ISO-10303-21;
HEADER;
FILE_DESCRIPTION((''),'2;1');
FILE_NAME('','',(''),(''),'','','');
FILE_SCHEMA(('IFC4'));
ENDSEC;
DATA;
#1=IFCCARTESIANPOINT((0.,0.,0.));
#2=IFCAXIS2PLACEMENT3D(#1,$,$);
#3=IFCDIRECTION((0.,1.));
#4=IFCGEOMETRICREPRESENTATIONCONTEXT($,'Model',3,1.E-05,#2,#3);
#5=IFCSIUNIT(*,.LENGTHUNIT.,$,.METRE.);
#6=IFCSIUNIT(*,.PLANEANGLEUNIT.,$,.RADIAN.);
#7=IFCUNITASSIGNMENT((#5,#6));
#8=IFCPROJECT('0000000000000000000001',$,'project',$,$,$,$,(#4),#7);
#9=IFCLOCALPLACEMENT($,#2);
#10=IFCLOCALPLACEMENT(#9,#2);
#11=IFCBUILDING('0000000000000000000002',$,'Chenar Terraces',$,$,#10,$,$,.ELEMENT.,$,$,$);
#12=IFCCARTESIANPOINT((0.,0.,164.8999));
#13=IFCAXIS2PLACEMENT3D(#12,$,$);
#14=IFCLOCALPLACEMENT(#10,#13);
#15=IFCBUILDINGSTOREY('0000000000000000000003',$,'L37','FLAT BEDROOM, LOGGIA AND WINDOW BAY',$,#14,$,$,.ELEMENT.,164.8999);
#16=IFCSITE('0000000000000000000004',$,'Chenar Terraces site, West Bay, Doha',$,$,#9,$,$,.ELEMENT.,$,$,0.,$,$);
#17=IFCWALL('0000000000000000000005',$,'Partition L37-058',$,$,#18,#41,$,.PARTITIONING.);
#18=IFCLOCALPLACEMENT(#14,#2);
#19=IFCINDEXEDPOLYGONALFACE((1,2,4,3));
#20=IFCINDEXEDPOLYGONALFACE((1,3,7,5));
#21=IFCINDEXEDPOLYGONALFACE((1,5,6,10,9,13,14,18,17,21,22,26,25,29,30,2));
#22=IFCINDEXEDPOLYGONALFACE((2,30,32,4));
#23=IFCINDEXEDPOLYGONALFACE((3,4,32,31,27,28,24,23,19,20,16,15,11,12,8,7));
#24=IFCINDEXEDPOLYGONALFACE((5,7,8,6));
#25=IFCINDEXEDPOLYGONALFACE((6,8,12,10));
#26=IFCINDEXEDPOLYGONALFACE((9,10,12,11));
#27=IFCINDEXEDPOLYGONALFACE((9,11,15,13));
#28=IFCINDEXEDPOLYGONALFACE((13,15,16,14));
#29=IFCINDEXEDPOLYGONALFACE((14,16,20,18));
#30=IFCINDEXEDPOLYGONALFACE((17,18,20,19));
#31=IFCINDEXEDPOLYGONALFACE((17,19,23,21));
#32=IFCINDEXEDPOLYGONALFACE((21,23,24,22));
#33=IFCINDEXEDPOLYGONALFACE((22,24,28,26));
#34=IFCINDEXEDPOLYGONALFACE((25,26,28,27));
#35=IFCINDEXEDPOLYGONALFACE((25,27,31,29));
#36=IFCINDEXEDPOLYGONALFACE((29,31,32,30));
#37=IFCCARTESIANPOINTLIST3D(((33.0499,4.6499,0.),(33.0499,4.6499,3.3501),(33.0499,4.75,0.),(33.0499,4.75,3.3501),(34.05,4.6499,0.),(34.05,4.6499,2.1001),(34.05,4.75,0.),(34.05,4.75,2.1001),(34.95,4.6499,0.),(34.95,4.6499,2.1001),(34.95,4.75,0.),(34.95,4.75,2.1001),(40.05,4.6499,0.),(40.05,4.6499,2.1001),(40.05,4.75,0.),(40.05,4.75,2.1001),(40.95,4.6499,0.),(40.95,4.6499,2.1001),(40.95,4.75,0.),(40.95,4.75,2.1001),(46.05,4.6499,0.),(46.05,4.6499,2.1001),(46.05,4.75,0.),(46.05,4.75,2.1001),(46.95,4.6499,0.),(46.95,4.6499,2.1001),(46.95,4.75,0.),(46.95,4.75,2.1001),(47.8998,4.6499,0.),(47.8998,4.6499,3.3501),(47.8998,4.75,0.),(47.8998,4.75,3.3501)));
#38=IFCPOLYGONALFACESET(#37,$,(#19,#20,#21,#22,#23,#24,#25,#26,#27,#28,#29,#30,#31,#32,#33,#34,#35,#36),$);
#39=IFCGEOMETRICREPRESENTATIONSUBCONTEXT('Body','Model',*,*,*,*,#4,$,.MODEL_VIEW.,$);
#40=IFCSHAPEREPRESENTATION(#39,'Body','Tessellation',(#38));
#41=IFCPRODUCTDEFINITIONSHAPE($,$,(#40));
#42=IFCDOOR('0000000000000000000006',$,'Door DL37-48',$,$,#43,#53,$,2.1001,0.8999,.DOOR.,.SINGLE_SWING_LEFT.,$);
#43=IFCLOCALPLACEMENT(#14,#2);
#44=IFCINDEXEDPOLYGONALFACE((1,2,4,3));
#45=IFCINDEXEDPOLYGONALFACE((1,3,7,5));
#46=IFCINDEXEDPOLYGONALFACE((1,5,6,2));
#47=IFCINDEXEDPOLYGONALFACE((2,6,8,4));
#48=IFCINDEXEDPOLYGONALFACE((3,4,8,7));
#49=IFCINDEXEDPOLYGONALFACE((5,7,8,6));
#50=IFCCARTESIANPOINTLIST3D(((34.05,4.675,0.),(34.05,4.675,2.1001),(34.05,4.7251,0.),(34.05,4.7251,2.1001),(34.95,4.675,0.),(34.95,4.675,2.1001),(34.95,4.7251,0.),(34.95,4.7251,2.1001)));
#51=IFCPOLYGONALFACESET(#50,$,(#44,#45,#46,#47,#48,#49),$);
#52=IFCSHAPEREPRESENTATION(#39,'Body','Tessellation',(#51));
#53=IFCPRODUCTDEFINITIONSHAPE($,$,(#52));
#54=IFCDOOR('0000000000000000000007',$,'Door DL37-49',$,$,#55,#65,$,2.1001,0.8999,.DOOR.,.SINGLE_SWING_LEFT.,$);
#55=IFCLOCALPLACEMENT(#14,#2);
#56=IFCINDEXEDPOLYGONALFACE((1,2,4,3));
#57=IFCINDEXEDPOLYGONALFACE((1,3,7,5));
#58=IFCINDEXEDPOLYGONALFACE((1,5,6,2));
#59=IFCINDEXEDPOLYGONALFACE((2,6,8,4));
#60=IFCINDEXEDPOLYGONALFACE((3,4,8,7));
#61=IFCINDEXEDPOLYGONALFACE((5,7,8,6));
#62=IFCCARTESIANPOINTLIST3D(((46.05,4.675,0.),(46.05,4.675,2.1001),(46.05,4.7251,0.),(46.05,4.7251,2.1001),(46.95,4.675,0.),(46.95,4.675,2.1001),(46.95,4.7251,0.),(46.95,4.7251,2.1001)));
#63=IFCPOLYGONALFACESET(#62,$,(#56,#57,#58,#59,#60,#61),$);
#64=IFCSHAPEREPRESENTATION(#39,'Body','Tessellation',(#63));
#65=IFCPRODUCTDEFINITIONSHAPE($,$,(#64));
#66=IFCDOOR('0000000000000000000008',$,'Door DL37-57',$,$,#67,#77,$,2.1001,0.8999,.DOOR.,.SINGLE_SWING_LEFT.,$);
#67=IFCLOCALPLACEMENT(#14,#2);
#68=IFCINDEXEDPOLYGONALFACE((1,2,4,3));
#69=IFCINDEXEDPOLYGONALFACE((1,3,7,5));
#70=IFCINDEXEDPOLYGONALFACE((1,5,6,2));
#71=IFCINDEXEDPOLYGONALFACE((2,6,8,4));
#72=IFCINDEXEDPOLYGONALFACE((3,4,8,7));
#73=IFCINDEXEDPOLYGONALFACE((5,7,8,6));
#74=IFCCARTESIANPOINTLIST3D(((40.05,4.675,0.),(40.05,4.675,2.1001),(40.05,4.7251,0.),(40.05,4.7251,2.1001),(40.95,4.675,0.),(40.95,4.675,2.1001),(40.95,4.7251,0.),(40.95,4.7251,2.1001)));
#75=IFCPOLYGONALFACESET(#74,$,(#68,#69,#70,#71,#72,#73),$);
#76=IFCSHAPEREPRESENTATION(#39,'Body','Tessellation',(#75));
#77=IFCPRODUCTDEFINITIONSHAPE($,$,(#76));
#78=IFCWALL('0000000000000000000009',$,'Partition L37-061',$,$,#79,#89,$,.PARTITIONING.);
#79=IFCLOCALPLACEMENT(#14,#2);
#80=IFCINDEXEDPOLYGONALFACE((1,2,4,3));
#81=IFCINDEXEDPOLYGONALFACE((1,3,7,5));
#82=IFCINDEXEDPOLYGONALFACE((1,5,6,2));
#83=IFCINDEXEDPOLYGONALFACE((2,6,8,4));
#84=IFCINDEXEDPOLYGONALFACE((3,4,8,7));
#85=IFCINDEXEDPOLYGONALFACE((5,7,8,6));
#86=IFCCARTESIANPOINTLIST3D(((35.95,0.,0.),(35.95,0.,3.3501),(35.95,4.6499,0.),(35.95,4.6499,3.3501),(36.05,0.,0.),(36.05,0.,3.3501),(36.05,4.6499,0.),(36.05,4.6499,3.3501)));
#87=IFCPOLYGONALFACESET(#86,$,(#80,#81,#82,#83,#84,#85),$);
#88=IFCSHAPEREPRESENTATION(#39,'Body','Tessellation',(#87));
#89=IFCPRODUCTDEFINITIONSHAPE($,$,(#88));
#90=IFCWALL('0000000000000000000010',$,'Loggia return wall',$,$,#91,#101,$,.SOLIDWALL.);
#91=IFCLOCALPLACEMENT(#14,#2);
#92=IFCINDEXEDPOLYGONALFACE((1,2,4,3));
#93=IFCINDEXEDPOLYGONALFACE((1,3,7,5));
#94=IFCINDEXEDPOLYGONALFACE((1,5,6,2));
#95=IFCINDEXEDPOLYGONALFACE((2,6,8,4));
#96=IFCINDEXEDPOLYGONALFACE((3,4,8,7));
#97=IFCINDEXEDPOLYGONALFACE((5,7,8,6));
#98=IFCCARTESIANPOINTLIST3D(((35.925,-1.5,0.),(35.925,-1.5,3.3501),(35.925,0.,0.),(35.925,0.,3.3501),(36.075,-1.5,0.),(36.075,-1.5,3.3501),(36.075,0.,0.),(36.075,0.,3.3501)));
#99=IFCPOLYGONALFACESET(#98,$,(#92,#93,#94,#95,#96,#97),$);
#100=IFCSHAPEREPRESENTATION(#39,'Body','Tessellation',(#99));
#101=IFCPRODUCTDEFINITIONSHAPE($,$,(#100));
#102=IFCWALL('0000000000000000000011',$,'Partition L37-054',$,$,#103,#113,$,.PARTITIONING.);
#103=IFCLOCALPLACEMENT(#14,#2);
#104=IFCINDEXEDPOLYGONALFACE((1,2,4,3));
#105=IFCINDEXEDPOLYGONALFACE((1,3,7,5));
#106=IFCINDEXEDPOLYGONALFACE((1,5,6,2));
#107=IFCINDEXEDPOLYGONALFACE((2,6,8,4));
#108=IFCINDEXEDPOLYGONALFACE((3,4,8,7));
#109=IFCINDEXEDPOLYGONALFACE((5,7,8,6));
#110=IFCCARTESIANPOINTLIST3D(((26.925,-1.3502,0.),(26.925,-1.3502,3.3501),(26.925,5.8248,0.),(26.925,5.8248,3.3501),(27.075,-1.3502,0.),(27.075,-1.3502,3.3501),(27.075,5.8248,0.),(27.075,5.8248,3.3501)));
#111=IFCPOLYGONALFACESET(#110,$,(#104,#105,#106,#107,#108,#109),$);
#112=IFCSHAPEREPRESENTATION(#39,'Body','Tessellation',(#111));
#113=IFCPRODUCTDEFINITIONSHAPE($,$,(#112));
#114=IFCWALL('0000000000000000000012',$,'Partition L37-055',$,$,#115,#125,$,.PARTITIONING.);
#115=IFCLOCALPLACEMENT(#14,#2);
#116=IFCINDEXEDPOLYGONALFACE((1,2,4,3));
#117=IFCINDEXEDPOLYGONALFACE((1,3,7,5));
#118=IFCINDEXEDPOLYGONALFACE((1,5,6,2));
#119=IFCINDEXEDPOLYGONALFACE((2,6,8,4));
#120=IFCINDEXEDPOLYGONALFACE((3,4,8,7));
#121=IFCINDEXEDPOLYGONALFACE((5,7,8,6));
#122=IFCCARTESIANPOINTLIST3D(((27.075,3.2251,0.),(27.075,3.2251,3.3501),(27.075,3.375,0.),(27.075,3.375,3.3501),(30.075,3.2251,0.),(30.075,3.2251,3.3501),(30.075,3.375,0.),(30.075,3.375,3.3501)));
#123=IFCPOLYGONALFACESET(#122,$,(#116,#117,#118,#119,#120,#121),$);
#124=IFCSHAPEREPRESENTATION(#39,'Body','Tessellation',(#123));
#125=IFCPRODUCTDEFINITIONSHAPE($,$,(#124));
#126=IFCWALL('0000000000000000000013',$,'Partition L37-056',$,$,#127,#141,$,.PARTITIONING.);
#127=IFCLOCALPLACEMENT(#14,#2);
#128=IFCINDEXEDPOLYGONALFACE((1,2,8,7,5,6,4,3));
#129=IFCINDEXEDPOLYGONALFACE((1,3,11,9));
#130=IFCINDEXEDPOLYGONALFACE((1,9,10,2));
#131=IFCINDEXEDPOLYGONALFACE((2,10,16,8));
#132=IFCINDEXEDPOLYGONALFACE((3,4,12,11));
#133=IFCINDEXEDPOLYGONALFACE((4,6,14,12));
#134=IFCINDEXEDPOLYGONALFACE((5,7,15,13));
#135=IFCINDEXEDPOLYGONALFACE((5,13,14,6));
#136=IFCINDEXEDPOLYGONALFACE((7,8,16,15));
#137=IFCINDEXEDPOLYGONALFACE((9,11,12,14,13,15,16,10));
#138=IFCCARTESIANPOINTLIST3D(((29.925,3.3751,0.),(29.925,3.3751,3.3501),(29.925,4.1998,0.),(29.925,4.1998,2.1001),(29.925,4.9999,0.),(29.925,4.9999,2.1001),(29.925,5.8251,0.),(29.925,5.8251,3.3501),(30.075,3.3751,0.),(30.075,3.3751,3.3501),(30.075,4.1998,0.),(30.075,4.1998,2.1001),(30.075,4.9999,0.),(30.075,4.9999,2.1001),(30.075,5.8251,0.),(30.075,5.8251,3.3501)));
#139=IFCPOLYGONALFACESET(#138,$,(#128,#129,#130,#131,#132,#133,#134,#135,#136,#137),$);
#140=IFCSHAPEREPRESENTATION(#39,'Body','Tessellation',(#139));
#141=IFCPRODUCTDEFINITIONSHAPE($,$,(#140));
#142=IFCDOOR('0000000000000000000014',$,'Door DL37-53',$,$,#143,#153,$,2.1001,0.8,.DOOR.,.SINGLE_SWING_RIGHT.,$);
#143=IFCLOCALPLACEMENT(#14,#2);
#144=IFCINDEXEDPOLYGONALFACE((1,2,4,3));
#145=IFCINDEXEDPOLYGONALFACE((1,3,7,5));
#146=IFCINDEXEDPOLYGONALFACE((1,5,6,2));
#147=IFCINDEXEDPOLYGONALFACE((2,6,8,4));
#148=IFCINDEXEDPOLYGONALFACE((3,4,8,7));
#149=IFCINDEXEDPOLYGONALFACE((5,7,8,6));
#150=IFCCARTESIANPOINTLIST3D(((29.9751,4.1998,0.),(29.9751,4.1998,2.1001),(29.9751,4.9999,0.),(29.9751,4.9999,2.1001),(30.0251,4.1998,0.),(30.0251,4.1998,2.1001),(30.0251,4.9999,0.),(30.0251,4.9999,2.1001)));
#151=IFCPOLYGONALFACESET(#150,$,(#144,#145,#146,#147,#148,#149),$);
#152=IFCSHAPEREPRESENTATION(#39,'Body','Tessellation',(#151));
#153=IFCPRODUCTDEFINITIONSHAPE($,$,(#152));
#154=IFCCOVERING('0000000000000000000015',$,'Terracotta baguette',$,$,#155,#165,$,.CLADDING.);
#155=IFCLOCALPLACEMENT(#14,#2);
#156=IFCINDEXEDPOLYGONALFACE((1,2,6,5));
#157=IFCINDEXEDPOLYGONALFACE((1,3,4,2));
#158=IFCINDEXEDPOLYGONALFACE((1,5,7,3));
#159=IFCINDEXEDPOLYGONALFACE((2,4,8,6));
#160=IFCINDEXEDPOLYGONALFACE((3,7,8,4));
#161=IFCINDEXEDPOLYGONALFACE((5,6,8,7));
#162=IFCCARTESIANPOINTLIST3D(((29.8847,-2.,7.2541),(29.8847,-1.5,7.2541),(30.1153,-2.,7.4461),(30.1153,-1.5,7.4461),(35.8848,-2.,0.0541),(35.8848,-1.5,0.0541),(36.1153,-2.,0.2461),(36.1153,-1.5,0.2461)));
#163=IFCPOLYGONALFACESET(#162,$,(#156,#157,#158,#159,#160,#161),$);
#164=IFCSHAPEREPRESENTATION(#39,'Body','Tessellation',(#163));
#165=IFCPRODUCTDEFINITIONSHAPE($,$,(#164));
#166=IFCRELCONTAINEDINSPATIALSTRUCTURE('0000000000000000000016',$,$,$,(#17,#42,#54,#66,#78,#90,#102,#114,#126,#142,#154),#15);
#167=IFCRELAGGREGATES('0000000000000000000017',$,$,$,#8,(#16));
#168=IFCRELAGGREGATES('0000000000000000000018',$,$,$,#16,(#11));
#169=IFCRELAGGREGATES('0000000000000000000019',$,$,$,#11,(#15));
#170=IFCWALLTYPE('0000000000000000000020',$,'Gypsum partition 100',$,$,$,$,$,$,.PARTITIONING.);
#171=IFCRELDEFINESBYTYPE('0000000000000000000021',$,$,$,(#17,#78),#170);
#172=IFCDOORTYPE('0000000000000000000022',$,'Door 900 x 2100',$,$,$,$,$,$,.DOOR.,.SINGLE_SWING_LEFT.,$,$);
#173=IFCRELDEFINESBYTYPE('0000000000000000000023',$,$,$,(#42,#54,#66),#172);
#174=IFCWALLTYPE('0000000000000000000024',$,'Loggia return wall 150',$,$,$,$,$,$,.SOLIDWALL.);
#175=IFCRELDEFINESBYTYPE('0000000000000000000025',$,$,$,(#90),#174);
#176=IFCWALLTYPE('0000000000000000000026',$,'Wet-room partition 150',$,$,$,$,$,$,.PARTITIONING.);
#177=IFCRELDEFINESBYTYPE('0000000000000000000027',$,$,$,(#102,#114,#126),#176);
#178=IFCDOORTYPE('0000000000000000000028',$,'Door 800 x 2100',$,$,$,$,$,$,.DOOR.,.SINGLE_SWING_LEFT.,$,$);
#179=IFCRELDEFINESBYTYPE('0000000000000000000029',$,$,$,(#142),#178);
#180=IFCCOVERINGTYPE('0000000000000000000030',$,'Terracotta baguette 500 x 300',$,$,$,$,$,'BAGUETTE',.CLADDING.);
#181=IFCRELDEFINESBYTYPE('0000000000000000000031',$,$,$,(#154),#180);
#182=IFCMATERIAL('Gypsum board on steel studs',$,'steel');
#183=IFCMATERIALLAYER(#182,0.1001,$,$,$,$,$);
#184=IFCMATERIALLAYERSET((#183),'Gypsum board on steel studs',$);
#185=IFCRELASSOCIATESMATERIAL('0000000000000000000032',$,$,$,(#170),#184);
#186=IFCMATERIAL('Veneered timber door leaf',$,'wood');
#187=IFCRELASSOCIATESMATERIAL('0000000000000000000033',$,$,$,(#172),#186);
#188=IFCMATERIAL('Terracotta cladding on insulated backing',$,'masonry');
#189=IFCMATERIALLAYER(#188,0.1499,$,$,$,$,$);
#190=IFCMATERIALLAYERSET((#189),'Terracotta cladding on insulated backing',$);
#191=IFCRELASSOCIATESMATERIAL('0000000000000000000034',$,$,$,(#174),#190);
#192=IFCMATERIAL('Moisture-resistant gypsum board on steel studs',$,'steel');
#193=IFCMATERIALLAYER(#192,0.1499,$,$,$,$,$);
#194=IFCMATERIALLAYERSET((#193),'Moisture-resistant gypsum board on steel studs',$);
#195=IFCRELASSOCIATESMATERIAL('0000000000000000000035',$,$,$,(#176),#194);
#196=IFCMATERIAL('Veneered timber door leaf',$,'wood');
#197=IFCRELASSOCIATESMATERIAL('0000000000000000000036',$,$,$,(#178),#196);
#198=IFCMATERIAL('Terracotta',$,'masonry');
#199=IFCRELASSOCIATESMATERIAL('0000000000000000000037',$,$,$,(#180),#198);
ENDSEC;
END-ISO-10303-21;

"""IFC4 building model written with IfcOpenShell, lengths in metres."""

from ifc_helpers import new_model, si_unit, direction, frame, frame_2d, origin, origin_2d, place, context, subcontext, project, spatial, rectangle, extrude, material, layer, layer_set, material_profile, profile_set, type_object, element, fill, save


model = new_model("IFC4")

# Units and contexts
model_context = context("Model", 3, precision=1e-05, world=origin(), true_north=direction((0.0, 1.0)))
body_context = subcontext(model_context, "Body", "Model", "MODEL_VIEW")
ifc_project = project(units=[si_unit("LENGTHUNIT", "METRE"), si_unit("PLANEANGLEUNIT", "RADIAN")], contexts=[model_context])

# Site, building, storey
site_placement = place(None, origin())
site = spatial("IfcSite", under=ifc_project, at=site_placement, Name="Chenar Terraces site, West Bay, Doha", CompositionType="ELEMENT", RefElevation=0.0)
building_placement = place(site_placement, origin())
building = spatial("IfcBuilding", under=site, at=building_placement, Name="Chenar Terraces", CompositionType="ELEMENT")
storey_placement = place(building_placement, frame((0.0, 0.0, 164.8999)))
storey = spatial("IfcBuildingStorey", under=building, at=storey_placement, Name="L37", Description="FLAT BEDROOM, LOGGIA AND WINDOW BAY", CompositionType="ELEMENT", Elevation=164.8999)

# Shared definitions
ifc_material_1 = material(Name="Gypsum board on steel studs", Category="steel")
ifc_layer_1 = layer(ifc_material_1, 0.1001)
ifc_layer_set_1 = layer_set([ifc_layer_1], Name="Gypsum board on steel studs")
wall_type_1 = type_object("IfcWallType", Name="Gypsum partition 100", PredefinedType="PARTITIONING", material=ifc_layer_set_1)
ifc_material_2 = material(Name="Veneered timber door leaf", Category="wood")
door_type_1 = type_object("IfcDoorType", Name="Door 900 x 2100", OperationType="SINGLE_SWING_LEFT", PredefinedType="DOOR", material=ifc_material_2)

# Wall, openings, doors
wall_1_placement = place(storey_placement, frame((33.05, 4.7, 0.0), z_axis=(0.0, 0.0, 1.0), x_axis=(1.0, 0.0, 0.0)))
wall_1 = element("IfcWall", 1, at=wall_1_placement, inside=storey, type_object=wall_type_1, Name="Partition L37-058", PredefinedType="PARTITIONING", context=body_context, shape_type="SweptSolid", body=[
    extrude(rectangle(XDim=14.8499, YDim=0.1001, at=frame_2d((7.4248, 0.0))), origin(), (0.0, 0.0, 1.0), 3.3501),
])
opening_1_placement = place(wall_1_placement, frame((1.0, 0.0, 0.0)))
opening_1 = element("IfcOpeningElement", 2, at=opening_1_placement, cuts=wall_1, PredefinedType="OPENING", context=body_context, shape_type="SweptSolid", body=[
    extrude(rectangle(XDim=0.8999, YDim=2.1001, at=frame_2d((0.45, 1.05))), frame((0.0, 0.0601, 0.0), z_axis=(0.0, -1.0, 0.0), x_axis=(1.0, 0.0, 0.0)), (0.0, 0.0, 1.0), 0.1201),
])
opening_2_placement = place(wall_1_placement, frame((13.0, 0.0, 0.0)))
opening_2 = element("IfcOpeningElement", 3, at=opening_2_placement, cuts=wall_1, PredefinedType="OPENING", context=body_context, shape_type="SweptSolid", body=[
    extrude(rectangle(XDim=0.8999, YDim=2.1001, at=frame_2d((0.45, 1.05))), frame((0.0, 0.0601, 0.0), z_axis=(0.0, -1.0, 0.0), x_axis=(1.0, 0.0, 0.0)), (0.0, 0.0, 1.0), 0.1201),
])
opening_3_placement = place(wall_1_placement, frame((7.0, 0.0, 0.0)))
opening_3 = element("IfcOpeningElement", 4, at=opening_3_placement, cuts=wall_1, PredefinedType="OPENING", context=body_context, shape_type="SweptSolid", body=[
    extrude(rectangle(XDim=0.8999, YDim=2.1001, at=frame_2d((0.45, 1.05))), frame((0.0, 0.0601, 0.0), z_axis=(0.0, -1.0, 0.0), x_axis=(1.0, 0.0, 0.0)), (0.0, 0.0, 1.0), 0.1201),
])
door_1_placement = place(opening_1_placement, frame((0.8999, 0.0, 0.0), z_axis=(0.0, 0.0, 1.0), x_axis=(-1.0, 0.0, 0.0)))
door_1 = element("IfcDoor", 5, at=door_1_placement, inside=storey, type_object=door_type_1, Name="Door DL37-48", OperationType="SINGLE_SWING_LEFT", OverallHeight=2.1001, OverallWidth=0.8999, PredefinedType="DOOR", context=body_context, shape_type="SweptSolid", body=[
    extrude(rectangle(XDim=0.8999, YDim=2.1001, at=frame_2d((0.45, 1.05))), frame((0.0, 0.0249, 0.0), z_axis=(0.0, -1.0, 0.0), x_axis=(1.0, 0.0, 0.0)), (0.0, 0.0, 1.0), 0.05),
])
fill(opening_1, door_1)
door_2_placement = place(opening_2_placement, frame((0.8999, 0.0, 0.0), z_axis=(0.0, 0.0, 1.0), x_axis=(-1.0, 0.0, 0.0)))
door_2 = element("IfcDoor", 6, at=door_2_placement, inside=storey, type_object=door_type_1, Name="Door DL37-49", OperationType="SINGLE_SWING_LEFT", OverallHeight=2.1001, OverallWidth=0.8999, PredefinedType="DOOR", context=body_context, shape_type="SweptSolid", body=[
    extrude(rectangle(XDim=0.8999, YDim=2.1001, at=frame_2d((0.45, 1.05))), frame((0.0, 0.0249, 0.0), z_axis=(0.0, -1.0, 0.0), x_axis=(1.0, 0.0, 0.0)), (0.0, 0.0, 1.0), 0.05),
])
fill(opening_2, door_2)
door_3_placement = place(opening_3_placement, frame((0.8999, 0.0, 0.0), z_axis=(0.0, 0.0, 1.0), x_axis=(-1.0, 0.0, 0.0)))
door_3 = element("IfcDoor", 7, at=door_3_placement, inside=storey, type_object=door_type_1, Name="Door DL37-57", OperationType="SINGLE_SWING_LEFT", OverallHeight=2.1001, OverallWidth=0.8999, PredefinedType="DOOR", context=body_context, shape_type="SweptSolid", body=[
    extrude(rectangle(XDim=0.8999, YDim=2.1001, at=frame_2d((0.45, 1.05))), frame((0.0, 0.0249, 0.0), z_axis=(0.0, -1.0, 0.0), x_axis=(1.0, 0.0, 0.0)), (0.0, 0.0, 1.0), 0.05),
])
fill(opening_3, door_3)

# Walls
wall_2_placement = place(storey_placement, frame((36.0, 0.0, 0.0), z_axis=(0.0, 0.0, 1.0), x_axis=(0.0, 1.0, 0.0)))
element("IfcWall", 8, at=wall_2_placement, inside=storey, type_object=wall_type_1, Name="Partition L37-061", PredefinedType="PARTITIONING", context=body_context, shape_type="SweptSolid", body=[
    extrude(rectangle(XDim=4.6499, YDim=0.1001, at=frame_2d((2.325, 0.0))), origin(), (0.0, 0.0, 1.0), 3.3501),
])
ifc_material_3 = material(Name="Terracotta cladding on insulated backing", Category="masonry")
ifc_layer_2 = layer(ifc_material_3, 0.1499)
ifc_layer_set_2 = layer_set([ifc_layer_2], Name="Terracotta cladding on insulated backing")
wall_type_2 = type_object("IfcWallType", Name="Loggia return wall 150", PredefinedType="SOLIDWALL", material=ifc_layer_set_2)
wall_3_placement = place(storey_placement, frame((36.0, -1.5, 0.0), z_axis=(0.0, 0.0, 1.0), x_axis=(0.0, 1.0, 0.0)))
element("IfcWall", 9, at=wall_3_placement, inside=storey, type_object=wall_type_2, Name="Loggia return wall", PredefinedType="SOLIDWALL", context=body_context, shape_type="SweptSolid", body=[
    extrude(rectangle(XDim=1.5, YDim=0.1499, at=frame_2d((0.75, 0.0))), origin(), (0.0, 0.0, 1.0), 3.3501),
])
ifc_material_4 = material(Name="Moisture-resistant gypsum board on steel studs", Category="steel")
ifc_layer_3 = layer(ifc_material_4, 0.1499)
ifc_layer_set_3 = layer_set([ifc_layer_3], Name="Moisture-resistant gypsum board on steel studs")
wall_type_3 = type_object("IfcWallType", Name="Wet-room partition 150", PredefinedType="PARTITIONING", material=ifc_layer_set_3)
wall_4_placement = place(storey_placement, frame((27.0, -1.3501, 0.0), z_axis=(0.0, 0.0, 1.0), x_axis=(0.0, 1.0, 0.0)))
element("IfcWall", 10, at=wall_4_placement, inside=storey, type_object=wall_type_3, Name="Partition L37-054", PredefinedType="PARTITIONING", context=body_context, shape_type="SweptSolid", body=[
    extrude(rectangle(XDim=7.175, YDim=0.1499, at=frame_2d((3.5874, 0.0))), origin(), (0.0, 0.0, 1.0), 3.3501),
])
wall_5_placement = place(storey_placement, frame((27.075, 3.3, 0.0), z_axis=(0.0, 0.0, 1.0), x_axis=(1.0, 0.0, 0.0)))
element("IfcWall", 11, at=wall_5_placement, inside=storey, type_object=wall_type_3, Name="Partition L37-055", PredefinedType="PARTITIONING", context=body_context, shape_type="SweptSolid", body=[
    extrude(rectangle(XDim=3.0, YDim=0.1499, at=frame_2d((1.5, 0.0))), origin(), (0.0, 0.0, 1.0), 3.3501),
])

# Wall, opening, door
wall_6_placement = place(storey_placement, frame((30.0, 3.375, 0.0), z_axis=(0.0, 0.0, 1.0), x_axis=(0.0, 1.0, 0.0)))
wall_6 = element("IfcWall", 12, at=wall_6_placement, inside=storey, type_object=wall_type_3, Name="Partition L37-056", PredefinedType="PARTITIONING", context=body_context, shape_type="SweptSolid", body=[
    extrude(rectangle(XDim=2.45, YDim=0.1499, at=frame_2d((1.2251, 0.0))), origin(), (0.0, 0.0, 1.0), 3.3501),
])
opening_4_placement = place(wall_6_placement, frame((0.825, 0.0, 0.0)))
opening_4 = element("IfcOpeningElement", 13, at=opening_4_placement, cuts=wall_6, PredefinedType="OPENING", context=body_context, shape_type="SweptSolid", body=[
    extrude(rectangle(XDim=0.8, YDim=2.1001, at=frame_2d((0.3999, 1.05))), frame((0.0, 0.085, 0.0), z_axis=(0.0, -1.0, 0.0), x_axis=(1.0, 0.0, 0.0)), (0.0, 0.0, 1.0), 0.1699),
])
ifc_material_5 = material(Name="Veneered timber door leaf", Category="wood")
door_type_2 = type_object("IfcDoorType", Name="Door 800 x 2100", OperationType="SINGLE_SWING_LEFT", PredefinedType="DOOR", material=ifc_material_5)
door_4_placement = place(opening_4_placement, origin())
door_4 = element("IfcDoor", 14, at=door_4_placement, inside=storey, type_object=door_type_2, Name="Door DL37-53", OperationType="SINGLE_SWING_RIGHT", OverallHeight=2.1001, OverallWidth=0.8, PredefinedType="DOOR", context=body_context, shape_type="SweptSolid", body=[
    extrude(rectangle(XDim=0.8, YDim=2.1001, at=frame_2d((0.3999, 1.05))), frame((0.0, 0.0249, 0.0), z_axis=(0.0, -1.0, 0.0), x_axis=(1.0, 0.0, 0.0)), (0.0, 0.0, 1.0), 0.05),
])
fill(opening_4, door_4)

# Covering
ifc_material_6 = material(Name="Terracotta", Category="masonry")
ifc_material_profile_1 = material_profile(ifc_material_6, rectangle(XDim=0.5, YDim=0.3, at=origin_2d()), Name="Terracotta baguette 500 x 300")
ifc_profile_set_1 = profile_set([ifc_material_profile_1], Name="Terracotta")
covering_type = type_object("IfcCoveringType", Name="Terracotta baguette 500 x 300", ElementType="BAGUETTE", PredefinedType="CLADDING", material=ifc_profile_set_1)
for number, where, z_axis, x_axis, name in (
    (15, (30.0, -1.75, 7.3501), (0.640187, 0.0, -0.768219), (0.0, 1.0, 0.0), "Terracotta baguette"),
):
    element("IfcCovering", number, at=place(storey_placement, frame(where, z_axis=z_axis, x_axis=x_axis)), inside=storey, type_object=covering_type, Name=name, PredefinedType="CLADDING", context=body_context, shape_type="SweptSolid", body=[
        extrude(rectangle(XDim=0.5, YDim=0.3, at=origin_2d()), origin(), (0.0, 0.0, 1.0), 9.3723),
    ])

save(model, "model.ifc")
